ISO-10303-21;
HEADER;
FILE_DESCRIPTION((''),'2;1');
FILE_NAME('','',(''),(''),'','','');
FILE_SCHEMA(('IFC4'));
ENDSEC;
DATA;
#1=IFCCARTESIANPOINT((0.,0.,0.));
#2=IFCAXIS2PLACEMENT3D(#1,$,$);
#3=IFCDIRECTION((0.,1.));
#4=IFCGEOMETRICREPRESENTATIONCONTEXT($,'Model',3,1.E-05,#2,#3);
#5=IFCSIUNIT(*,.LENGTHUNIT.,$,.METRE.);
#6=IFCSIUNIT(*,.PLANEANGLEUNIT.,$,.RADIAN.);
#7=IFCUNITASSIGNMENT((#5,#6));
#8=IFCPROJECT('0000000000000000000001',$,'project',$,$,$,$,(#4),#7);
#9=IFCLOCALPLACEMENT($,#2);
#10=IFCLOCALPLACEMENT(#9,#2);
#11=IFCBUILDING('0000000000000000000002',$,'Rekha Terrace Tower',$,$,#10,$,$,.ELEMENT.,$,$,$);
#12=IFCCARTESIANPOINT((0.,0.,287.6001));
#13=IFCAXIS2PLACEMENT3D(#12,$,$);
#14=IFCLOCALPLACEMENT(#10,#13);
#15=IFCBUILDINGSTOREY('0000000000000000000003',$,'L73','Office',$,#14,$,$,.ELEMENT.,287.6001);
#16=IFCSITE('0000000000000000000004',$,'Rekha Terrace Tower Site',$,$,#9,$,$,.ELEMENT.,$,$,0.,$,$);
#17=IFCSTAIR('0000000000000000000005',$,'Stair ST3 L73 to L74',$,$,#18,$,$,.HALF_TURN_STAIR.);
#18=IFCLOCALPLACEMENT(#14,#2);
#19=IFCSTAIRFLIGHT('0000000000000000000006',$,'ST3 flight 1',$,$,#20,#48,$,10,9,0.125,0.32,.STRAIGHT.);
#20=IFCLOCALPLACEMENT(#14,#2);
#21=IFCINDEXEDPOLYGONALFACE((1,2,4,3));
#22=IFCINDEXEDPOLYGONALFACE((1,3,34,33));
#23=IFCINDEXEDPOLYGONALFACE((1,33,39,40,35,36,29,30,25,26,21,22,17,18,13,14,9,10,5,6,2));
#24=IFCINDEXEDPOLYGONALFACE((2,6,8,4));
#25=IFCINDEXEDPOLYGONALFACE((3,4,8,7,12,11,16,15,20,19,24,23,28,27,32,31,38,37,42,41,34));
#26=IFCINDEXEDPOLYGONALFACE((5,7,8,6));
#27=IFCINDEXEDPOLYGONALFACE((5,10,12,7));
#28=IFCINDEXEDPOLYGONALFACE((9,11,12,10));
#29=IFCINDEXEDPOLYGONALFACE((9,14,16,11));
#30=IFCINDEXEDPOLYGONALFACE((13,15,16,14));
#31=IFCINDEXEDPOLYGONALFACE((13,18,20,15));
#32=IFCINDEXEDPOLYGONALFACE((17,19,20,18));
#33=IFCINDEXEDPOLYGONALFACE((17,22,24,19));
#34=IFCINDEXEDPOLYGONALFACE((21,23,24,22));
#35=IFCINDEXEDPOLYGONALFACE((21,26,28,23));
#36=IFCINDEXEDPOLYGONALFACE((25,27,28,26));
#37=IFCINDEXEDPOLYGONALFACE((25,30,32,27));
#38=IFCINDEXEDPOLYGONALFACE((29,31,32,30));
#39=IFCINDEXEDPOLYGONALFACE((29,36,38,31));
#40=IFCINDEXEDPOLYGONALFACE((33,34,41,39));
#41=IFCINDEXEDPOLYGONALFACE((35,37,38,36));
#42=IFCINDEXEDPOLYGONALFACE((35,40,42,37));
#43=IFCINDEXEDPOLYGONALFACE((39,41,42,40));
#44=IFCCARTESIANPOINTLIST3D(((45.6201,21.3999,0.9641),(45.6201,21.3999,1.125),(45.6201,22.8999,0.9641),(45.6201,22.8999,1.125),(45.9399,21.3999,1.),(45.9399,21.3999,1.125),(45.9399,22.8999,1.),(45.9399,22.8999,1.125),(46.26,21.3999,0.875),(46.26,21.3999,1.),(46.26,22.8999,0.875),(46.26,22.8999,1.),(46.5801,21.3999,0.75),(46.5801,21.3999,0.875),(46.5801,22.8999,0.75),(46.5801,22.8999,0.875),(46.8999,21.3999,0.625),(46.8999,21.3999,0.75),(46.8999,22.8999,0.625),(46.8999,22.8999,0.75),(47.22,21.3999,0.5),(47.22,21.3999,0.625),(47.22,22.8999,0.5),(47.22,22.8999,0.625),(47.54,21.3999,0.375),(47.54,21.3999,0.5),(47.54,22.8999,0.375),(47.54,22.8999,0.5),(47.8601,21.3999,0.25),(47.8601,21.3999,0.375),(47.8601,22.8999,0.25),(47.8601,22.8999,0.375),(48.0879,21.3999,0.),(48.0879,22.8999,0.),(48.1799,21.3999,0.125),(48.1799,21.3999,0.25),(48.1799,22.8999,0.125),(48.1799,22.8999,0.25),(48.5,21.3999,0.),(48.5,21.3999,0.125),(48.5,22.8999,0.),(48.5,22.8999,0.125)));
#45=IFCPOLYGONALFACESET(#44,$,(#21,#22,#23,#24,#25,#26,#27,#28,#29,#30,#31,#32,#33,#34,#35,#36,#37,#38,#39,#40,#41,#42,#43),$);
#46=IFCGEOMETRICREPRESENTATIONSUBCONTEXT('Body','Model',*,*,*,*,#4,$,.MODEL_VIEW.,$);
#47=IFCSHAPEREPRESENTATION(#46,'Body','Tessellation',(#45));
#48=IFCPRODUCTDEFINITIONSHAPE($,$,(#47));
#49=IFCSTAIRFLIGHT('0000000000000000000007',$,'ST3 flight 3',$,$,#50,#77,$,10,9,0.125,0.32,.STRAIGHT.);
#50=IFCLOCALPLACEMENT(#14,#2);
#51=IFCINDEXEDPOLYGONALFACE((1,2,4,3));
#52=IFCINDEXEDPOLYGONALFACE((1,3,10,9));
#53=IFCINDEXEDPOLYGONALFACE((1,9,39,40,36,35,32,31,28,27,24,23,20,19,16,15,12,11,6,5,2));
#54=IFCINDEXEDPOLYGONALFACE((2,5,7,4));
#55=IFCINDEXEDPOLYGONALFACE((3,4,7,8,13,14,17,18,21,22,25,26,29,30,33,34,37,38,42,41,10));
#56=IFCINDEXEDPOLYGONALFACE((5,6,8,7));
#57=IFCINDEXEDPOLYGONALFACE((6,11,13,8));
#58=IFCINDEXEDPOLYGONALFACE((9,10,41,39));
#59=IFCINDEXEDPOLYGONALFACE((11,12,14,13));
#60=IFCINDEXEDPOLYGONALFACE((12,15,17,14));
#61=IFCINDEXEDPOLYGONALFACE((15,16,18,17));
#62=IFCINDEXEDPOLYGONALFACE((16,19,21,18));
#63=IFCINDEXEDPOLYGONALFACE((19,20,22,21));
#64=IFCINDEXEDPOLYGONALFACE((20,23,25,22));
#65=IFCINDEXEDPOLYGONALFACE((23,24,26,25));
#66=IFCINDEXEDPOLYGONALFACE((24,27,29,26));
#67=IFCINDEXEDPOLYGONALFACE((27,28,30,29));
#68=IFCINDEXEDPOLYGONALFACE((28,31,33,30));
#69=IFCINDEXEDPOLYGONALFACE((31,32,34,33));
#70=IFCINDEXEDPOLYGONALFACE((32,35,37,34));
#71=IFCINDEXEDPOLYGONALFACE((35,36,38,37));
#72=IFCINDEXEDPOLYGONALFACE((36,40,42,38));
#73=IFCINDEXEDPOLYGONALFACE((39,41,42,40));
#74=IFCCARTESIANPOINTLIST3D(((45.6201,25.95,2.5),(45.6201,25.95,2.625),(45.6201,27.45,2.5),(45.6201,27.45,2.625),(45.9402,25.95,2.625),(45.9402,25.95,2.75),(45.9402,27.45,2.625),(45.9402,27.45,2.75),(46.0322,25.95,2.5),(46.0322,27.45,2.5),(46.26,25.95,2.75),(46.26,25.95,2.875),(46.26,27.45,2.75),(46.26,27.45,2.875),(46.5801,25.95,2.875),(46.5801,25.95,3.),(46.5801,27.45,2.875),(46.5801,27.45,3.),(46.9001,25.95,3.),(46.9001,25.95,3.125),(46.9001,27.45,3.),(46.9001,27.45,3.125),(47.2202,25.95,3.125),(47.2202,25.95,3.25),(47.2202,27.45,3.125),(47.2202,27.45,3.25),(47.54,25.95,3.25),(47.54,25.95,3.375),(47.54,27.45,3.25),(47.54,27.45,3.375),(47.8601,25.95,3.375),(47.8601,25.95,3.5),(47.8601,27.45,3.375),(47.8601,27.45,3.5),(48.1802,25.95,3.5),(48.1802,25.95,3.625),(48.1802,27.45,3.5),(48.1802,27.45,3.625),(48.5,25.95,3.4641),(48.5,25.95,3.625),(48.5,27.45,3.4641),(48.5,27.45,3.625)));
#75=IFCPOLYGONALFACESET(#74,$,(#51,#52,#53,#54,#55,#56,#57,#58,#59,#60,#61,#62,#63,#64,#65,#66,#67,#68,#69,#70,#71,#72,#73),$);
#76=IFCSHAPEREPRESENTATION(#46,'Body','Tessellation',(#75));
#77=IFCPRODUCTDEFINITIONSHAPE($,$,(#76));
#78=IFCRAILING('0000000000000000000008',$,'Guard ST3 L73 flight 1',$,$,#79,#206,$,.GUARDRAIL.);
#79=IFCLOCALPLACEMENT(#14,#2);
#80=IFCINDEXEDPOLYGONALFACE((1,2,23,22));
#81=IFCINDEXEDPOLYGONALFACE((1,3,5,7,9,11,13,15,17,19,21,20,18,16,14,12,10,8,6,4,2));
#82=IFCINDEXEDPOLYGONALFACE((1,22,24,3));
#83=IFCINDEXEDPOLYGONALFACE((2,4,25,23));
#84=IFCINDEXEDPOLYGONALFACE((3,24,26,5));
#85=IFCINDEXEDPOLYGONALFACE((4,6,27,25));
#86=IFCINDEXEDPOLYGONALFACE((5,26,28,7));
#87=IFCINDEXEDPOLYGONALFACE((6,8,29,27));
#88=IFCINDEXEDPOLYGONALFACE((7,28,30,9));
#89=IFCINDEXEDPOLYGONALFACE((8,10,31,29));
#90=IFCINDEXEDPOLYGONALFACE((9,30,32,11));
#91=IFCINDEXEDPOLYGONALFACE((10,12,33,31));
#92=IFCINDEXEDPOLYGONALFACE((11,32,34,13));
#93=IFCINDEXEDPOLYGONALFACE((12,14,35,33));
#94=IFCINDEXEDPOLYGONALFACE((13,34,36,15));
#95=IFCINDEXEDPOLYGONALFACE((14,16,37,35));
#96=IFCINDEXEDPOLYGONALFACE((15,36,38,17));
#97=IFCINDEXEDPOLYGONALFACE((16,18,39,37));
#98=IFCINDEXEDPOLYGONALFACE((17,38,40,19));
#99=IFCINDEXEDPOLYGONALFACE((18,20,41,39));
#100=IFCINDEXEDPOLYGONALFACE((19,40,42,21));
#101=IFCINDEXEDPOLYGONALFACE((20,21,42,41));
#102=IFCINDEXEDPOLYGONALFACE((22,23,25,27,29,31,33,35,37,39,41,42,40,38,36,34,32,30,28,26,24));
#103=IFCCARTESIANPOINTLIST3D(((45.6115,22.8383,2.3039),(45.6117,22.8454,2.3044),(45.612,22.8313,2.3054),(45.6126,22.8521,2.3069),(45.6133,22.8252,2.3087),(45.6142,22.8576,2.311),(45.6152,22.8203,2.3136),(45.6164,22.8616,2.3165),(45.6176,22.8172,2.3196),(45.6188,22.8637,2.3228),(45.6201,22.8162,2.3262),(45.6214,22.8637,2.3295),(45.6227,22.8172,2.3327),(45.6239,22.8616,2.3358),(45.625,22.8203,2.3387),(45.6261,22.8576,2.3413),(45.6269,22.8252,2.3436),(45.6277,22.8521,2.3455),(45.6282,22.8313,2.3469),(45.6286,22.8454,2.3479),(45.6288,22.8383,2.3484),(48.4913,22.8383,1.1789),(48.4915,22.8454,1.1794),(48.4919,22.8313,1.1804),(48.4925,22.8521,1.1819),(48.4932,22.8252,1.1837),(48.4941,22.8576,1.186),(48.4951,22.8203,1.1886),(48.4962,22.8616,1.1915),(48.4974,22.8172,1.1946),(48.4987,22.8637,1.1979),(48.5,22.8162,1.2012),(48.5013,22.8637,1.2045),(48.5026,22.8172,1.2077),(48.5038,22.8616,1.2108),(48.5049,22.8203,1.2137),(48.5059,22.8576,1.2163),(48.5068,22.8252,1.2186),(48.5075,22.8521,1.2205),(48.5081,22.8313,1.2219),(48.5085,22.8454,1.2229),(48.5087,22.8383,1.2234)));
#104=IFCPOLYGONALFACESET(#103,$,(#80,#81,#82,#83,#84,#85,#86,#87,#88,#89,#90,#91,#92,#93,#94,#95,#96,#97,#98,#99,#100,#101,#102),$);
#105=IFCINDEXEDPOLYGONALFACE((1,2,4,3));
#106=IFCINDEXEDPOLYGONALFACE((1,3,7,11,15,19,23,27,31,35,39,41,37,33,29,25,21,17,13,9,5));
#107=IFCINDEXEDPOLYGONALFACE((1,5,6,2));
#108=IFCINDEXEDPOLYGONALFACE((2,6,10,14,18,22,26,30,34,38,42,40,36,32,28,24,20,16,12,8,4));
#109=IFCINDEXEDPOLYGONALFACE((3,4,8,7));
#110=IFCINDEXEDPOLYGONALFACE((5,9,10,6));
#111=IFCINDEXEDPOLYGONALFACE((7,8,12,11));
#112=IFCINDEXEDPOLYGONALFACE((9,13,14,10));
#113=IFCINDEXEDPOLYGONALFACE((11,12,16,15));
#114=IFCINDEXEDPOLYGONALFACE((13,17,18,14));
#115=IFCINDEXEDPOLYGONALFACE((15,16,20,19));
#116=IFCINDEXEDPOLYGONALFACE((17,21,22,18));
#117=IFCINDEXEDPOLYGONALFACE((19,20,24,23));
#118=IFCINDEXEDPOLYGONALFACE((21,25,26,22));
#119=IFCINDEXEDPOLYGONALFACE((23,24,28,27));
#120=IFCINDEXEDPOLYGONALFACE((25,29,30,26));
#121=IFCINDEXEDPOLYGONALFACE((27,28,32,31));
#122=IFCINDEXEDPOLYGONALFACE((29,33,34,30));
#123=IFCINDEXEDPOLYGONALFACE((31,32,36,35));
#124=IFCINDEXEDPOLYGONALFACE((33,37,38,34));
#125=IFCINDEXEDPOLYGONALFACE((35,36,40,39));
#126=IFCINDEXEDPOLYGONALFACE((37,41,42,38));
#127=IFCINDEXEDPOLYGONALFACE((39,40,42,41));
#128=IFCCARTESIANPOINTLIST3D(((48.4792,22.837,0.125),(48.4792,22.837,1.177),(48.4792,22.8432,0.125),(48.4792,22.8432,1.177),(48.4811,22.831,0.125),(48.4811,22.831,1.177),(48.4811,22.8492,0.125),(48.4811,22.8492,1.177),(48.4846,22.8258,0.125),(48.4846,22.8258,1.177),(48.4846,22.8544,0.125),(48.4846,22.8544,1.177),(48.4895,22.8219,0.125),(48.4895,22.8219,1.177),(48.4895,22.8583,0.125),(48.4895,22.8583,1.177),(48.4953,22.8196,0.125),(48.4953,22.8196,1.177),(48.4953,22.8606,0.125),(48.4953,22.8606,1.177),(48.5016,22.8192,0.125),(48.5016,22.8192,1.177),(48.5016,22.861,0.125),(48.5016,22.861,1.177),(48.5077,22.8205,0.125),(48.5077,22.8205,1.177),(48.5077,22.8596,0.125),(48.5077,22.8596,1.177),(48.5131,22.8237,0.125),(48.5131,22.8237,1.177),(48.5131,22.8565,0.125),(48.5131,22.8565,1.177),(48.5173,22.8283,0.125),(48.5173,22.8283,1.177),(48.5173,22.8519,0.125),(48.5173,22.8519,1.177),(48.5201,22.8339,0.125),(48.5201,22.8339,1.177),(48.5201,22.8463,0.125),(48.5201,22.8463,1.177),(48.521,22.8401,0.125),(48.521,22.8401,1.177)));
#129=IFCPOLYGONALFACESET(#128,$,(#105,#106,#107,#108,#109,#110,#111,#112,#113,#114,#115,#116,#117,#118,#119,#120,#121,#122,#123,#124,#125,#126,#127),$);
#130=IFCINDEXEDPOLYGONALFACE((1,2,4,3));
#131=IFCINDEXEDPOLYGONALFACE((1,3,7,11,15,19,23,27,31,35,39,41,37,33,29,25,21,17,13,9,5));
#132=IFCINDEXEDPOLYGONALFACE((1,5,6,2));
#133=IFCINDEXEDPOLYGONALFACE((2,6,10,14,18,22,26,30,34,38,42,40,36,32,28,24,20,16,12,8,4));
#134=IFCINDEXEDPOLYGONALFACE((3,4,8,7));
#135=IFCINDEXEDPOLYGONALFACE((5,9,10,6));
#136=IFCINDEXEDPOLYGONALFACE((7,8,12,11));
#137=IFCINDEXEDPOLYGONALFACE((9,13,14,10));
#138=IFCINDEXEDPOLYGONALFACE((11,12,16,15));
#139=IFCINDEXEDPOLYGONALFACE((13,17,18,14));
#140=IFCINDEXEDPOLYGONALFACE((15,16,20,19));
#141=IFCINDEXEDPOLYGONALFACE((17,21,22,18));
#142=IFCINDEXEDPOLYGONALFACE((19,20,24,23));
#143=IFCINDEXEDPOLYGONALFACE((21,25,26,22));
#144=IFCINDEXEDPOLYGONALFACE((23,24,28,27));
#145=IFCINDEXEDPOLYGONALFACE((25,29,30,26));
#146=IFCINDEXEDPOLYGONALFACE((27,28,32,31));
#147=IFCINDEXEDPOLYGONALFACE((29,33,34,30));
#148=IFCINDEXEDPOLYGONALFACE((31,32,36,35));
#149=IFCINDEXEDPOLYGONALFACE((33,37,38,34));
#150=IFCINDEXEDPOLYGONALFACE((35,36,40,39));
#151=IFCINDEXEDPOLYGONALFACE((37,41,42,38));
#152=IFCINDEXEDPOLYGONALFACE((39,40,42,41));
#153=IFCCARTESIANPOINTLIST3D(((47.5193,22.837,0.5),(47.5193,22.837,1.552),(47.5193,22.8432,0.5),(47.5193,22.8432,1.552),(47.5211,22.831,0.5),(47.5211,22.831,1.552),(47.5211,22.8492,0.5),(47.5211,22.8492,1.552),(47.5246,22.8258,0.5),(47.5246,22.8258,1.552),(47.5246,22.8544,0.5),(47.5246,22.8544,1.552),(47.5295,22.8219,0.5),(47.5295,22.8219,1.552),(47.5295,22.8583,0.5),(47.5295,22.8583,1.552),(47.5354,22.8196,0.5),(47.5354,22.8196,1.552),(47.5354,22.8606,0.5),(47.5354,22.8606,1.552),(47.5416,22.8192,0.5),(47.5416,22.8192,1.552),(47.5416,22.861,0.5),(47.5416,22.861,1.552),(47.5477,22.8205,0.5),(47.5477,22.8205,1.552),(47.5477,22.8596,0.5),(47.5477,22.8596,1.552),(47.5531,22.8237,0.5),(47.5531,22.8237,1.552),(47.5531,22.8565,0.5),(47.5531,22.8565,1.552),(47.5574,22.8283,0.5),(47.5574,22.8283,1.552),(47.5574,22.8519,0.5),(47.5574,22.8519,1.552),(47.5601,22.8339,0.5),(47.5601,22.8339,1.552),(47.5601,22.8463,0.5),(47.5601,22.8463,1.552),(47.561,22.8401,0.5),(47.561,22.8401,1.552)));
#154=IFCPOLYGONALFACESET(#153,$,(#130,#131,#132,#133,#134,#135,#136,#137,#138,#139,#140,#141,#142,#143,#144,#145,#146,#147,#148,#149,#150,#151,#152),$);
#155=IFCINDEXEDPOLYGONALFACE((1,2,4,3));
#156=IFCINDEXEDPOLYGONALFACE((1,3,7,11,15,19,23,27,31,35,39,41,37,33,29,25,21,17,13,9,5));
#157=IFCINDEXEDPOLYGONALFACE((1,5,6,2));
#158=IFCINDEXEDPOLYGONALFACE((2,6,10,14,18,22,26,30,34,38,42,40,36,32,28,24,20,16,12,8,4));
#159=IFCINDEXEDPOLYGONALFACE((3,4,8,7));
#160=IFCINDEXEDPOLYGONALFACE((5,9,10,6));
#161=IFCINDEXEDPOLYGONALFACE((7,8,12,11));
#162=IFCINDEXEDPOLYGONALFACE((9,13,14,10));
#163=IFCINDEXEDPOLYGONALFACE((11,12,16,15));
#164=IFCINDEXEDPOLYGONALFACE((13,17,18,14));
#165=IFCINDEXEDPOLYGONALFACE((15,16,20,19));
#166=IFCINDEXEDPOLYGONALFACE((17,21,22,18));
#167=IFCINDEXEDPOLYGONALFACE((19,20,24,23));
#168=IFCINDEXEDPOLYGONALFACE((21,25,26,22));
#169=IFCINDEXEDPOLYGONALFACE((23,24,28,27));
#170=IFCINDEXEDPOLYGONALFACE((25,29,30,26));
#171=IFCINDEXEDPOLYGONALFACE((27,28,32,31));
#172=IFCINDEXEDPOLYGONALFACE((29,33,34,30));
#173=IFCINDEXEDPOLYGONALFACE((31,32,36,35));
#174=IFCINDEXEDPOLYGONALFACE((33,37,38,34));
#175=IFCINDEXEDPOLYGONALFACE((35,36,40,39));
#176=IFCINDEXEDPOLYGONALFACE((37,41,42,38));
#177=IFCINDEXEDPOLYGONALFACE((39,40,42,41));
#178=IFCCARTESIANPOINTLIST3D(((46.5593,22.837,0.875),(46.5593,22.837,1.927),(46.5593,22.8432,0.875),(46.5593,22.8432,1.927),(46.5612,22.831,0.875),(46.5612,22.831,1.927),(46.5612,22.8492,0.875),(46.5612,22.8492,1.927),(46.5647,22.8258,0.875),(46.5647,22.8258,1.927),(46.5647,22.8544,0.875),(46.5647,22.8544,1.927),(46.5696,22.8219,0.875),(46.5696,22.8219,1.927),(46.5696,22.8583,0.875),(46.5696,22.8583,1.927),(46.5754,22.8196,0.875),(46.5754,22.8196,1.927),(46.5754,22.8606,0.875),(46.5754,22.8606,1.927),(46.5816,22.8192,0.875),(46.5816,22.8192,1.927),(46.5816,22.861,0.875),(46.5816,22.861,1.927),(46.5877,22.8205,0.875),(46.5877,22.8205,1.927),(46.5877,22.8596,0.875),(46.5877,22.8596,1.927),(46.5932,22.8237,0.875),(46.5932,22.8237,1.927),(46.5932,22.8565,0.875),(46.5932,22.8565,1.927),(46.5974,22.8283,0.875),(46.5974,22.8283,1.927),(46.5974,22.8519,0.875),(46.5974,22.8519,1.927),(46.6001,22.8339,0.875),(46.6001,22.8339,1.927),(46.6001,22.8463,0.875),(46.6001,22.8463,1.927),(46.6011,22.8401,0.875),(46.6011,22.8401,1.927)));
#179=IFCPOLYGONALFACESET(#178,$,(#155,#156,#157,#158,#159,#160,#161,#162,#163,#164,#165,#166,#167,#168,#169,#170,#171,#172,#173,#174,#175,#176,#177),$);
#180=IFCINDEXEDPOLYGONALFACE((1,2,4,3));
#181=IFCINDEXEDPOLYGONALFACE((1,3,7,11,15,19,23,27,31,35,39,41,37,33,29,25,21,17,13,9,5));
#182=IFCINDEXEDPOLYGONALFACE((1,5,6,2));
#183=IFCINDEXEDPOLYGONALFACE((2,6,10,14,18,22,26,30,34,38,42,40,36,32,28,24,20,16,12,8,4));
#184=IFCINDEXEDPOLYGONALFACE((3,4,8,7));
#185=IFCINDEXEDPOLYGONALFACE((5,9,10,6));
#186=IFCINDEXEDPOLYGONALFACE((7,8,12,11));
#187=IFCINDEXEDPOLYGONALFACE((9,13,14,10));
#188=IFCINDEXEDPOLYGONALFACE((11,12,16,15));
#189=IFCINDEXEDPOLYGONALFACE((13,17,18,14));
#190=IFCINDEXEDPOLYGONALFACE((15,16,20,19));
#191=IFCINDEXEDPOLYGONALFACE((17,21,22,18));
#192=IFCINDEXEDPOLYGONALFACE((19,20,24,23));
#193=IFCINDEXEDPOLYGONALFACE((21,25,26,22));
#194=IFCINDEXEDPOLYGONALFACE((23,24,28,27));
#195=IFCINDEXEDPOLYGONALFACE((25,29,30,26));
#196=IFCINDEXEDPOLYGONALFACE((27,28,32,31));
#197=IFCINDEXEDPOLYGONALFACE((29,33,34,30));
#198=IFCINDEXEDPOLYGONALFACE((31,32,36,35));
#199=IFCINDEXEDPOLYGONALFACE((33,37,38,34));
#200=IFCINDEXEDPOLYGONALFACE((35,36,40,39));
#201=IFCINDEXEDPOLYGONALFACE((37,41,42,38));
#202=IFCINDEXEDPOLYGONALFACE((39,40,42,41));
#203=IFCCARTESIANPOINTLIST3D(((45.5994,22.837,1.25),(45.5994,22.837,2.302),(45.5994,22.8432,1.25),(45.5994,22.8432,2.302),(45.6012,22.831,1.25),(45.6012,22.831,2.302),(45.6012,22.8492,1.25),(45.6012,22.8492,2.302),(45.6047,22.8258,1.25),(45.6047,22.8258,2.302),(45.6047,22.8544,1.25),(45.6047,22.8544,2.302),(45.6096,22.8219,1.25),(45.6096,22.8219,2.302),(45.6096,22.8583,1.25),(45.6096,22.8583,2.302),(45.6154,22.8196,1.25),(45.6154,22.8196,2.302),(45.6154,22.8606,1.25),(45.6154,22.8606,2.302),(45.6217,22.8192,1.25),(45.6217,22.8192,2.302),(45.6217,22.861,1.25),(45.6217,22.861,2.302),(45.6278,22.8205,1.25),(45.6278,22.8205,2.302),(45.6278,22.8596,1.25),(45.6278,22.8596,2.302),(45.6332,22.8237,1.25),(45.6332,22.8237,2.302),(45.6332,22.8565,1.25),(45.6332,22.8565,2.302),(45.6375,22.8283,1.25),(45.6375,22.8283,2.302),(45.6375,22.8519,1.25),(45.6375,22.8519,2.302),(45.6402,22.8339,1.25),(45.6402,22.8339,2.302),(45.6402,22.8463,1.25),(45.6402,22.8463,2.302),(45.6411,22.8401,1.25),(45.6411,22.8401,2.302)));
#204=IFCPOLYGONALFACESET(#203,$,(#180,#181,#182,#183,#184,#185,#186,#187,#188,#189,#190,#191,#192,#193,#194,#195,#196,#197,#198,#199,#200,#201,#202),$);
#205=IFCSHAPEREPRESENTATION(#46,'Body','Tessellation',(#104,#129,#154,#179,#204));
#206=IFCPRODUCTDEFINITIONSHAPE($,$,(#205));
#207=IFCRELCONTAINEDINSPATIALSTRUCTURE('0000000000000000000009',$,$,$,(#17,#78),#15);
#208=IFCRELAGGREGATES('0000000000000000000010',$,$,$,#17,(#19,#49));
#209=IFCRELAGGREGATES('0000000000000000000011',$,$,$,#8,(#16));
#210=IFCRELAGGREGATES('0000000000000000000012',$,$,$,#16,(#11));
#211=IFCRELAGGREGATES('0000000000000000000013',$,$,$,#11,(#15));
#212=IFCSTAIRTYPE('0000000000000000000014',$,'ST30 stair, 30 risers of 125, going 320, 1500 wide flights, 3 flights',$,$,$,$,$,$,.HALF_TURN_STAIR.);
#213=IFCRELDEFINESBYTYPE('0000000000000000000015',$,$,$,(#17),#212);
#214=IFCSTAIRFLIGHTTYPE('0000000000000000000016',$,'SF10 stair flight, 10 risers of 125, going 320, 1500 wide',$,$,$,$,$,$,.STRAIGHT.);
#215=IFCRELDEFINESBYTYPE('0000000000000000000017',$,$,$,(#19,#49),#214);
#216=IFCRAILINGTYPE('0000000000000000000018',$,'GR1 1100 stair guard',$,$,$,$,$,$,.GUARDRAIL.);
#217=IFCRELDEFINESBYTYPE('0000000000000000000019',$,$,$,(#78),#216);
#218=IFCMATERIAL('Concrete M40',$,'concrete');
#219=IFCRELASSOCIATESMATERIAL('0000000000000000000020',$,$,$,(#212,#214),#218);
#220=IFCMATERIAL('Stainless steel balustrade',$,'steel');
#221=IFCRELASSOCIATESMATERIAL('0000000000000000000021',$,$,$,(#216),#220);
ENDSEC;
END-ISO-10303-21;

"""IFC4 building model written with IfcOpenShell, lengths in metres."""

from ifc_helpers import new_model, si_unit, direction, frame, origin, origin_2d, place, context, subcontext, project, spatial, polyline, circle, outline, extrude, material, type_object, element, aggregate, save


model = new_model("IFC4")

# Units and contexts
model_context = context("Model", 3, precision=1e-05, world=origin(), true_north=direction((0.0, 1.0)))
body_context = subcontext(model_context, "Body", "Model", "MODEL_VIEW")
ifc_project = project(units=[si_unit("LENGTHUNIT", "METRE"), si_unit("PLANEANGLEUNIT", "RADIAN")], contexts=[model_context])

# Site, building, storey
site_placement = place(None, origin())
site = spatial("IfcSite", under=ifc_project, at=site_placement, Name="Rekha Terrace Tower Site", CompositionType="ELEMENT", RefElevation=0.0)
building_placement = place(site_placement, origin())
building = spatial("IfcBuilding", under=site, at=building_placement, Name="Rekha Terrace Tower", CompositionType="ELEMENT")
storey_placement = place(building_placement, frame((0.0, 0.0, 287.6001)))
storey = spatial("IfcBuildingStorey", under=building, at=storey_placement, Name="L73", Description="Office", CompositionType="ELEMENT", Elevation=287.6001)

# Stair, stair flights
ifc_material_1 = material(Name="Concrete M40", Category="concrete")
stair_type = type_object("IfcStairType", Name="ST30 stair, 30 risers of 125, going 320, 1500 wide flights, 3 flights", PredefinedType="HALF_TURN_STAIR", material=ifc_material_1)
stair_placement = place(storey_placement, origin())
stair = element("IfcStair", 1, at=stair_placement, inside=storey, type_object=stair_type, Name="Stair ST3 L73 to L74", PredefinedType="HALF_TURN_STAIR")
stair_flight_type = type_object("IfcStairFlightType", Name="SF10 stair flight, 10 risers of 125, going 320, 1500 wide", PredefinedType="STRAIGHT", material=ifc_material_1)
stair_flight_1_placement = place(storey_placement, frame((48.5, 22.1499, 0.0), z_axis=(0.0, 0.0, 1.0), x_axis=(-1.0, 0.0, 0.0)))
stair_flight_1 = element("IfcStairFlight", 2, at=stair_flight_1_placement, type_object=stair_flight_type, Name="ST3 flight 1", NumberOfRisers=10, NumberOfTreads=9, PredefinedType="STRAIGHT", RiserHeight=0.125, TreadLength=0.32, context=body_context, shape_type="SweptSolid", body=[
    extrude(outline(polyline([(0.0, 0.0), (0.0, 0.125), (0.3201, 0.125), (0.3201, 0.25), (0.6399, 0.25), (0.6399, 0.375), (0.96, 0.375), (0.96, 0.5), (1.28, 0.5), (1.28, 0.625), (1.6001, 0.625), (1.6001, 0.75), (1.9199, 0.75), (1.9199, 0.875), (2.24, 0.875), (2.24, 1.0), (2.5601, 1.0), (2.5601, 1.125), (2.8799, 1.125), (2.8799, 1.25), (2.8799, 0.9641), (0.4121, 0.0), (0.0, 0.0)])), frame((0.0, 0.75, 0.0), z_axis=(0.0, -1.0, 0.0), x_axis=(1.0, 0.0, 0.0)), (0.0, 0.0, 1.0), 1.5),
])
stair_flight_2_placement = place(storey_placement, frame((45.6201, 26.7, 2.5), z_axis=(0.0, 0.0, 1.0), x_axis=(1.0, 0.0, 0.0)))
stair_flight_2 = element("IfcStairFlight", 3, at=stair_flight_2_placement, type_object=stair_flight_type, Name="ST3 flight 3", NumberOfRisers=10, NumberOfTreads=9, PredefinedType="STRAIGHT", RiserHeight=0.125, TreadLength=0.32, context=body_context, shape_type="SweptSolid", body=[
    extrude(outline(polyline([(0.0, 0.0), (0.0, 0.125), (0.3201, 0.125), (0.3201, 0.25), (0.6399, 0.25), (0.6399, 0.375), (0.96, 0.375), (0.96, 0.5), (1.28, 0.5), (1.28, 0.625), (1.6001, 0.625), (1.6001, 0.75), (1.9199, 0.75), (1.9199, 0.875), (2.24, 0.875), (2.24, 1.0), (2.5601, 1.0), (2.5601, 1.125), (2.8799, 1.125), (2.8799, 1.25), (2.8799, 0.9641), (0.4121, 0.0), (0.0, 0.0)])), frame((0.0, 0.75, 0.0), z_axis=(0.0, -1.0, 0.0), x_axis=(1.0, 0.0, 0.0)), (0.0, 0.0, 1.0), 1.5),
])
aggregate(stair, [stair_flight_1, stair_flight_2])

# Railing
ifc_material_2 = material(Name="Stainless steel balustrade", Category="steel")
railing_type_1 = type_object("IfcRailingType", Name="GR1 1100 stair guard", PredefinedType="GUARDRAIL", material=ifc_material_2)
railing_1_placement = place(storey_placement, frame((48.5, 22.8401, 0.125)))
element("IfcRailing", 4, at=railing_1_placement, inside=storey, type_object=railing_type_1, Name="Guard ST3 L73 flight 1", PredefinedType="GUARDRAIL", context=body_context, shape_type="SweptSolid", body=[
    extrude(circle(Radius=0.0239, at=origin_2d()), frame((0.0, 0.0, 1.0762), z_axis=(-0.931452, 0.0, 0.363863), x_axis=(0.0, -1.0, 0.0)), (0.0, 0.0, 1.0), 3.0918),
    extrude(circle(Radius=0.021, at=origin_2d()), origin(), (0.0, 0.0, 1.0), 1.052),
    extrude(circle(Radius=0.021, at=origin_2d()), frame((-0.96, 0.0, 0.375)), (0.0, 0.0, 1.0), 1.052),
    extrude(circle(Radius=0.021, at=origin_2d()), frame((-1.9199, 0.0, 0.75)), (0.0, 0.0, 1.0), 1.052),
    extrude(circle(Radius=0.021, at=origin_2d()), frame((-2.8799, 0.0, 1.125)), (0.0, 0.0, 1.0), 1.052),
])

save(model, "model.ifc")
